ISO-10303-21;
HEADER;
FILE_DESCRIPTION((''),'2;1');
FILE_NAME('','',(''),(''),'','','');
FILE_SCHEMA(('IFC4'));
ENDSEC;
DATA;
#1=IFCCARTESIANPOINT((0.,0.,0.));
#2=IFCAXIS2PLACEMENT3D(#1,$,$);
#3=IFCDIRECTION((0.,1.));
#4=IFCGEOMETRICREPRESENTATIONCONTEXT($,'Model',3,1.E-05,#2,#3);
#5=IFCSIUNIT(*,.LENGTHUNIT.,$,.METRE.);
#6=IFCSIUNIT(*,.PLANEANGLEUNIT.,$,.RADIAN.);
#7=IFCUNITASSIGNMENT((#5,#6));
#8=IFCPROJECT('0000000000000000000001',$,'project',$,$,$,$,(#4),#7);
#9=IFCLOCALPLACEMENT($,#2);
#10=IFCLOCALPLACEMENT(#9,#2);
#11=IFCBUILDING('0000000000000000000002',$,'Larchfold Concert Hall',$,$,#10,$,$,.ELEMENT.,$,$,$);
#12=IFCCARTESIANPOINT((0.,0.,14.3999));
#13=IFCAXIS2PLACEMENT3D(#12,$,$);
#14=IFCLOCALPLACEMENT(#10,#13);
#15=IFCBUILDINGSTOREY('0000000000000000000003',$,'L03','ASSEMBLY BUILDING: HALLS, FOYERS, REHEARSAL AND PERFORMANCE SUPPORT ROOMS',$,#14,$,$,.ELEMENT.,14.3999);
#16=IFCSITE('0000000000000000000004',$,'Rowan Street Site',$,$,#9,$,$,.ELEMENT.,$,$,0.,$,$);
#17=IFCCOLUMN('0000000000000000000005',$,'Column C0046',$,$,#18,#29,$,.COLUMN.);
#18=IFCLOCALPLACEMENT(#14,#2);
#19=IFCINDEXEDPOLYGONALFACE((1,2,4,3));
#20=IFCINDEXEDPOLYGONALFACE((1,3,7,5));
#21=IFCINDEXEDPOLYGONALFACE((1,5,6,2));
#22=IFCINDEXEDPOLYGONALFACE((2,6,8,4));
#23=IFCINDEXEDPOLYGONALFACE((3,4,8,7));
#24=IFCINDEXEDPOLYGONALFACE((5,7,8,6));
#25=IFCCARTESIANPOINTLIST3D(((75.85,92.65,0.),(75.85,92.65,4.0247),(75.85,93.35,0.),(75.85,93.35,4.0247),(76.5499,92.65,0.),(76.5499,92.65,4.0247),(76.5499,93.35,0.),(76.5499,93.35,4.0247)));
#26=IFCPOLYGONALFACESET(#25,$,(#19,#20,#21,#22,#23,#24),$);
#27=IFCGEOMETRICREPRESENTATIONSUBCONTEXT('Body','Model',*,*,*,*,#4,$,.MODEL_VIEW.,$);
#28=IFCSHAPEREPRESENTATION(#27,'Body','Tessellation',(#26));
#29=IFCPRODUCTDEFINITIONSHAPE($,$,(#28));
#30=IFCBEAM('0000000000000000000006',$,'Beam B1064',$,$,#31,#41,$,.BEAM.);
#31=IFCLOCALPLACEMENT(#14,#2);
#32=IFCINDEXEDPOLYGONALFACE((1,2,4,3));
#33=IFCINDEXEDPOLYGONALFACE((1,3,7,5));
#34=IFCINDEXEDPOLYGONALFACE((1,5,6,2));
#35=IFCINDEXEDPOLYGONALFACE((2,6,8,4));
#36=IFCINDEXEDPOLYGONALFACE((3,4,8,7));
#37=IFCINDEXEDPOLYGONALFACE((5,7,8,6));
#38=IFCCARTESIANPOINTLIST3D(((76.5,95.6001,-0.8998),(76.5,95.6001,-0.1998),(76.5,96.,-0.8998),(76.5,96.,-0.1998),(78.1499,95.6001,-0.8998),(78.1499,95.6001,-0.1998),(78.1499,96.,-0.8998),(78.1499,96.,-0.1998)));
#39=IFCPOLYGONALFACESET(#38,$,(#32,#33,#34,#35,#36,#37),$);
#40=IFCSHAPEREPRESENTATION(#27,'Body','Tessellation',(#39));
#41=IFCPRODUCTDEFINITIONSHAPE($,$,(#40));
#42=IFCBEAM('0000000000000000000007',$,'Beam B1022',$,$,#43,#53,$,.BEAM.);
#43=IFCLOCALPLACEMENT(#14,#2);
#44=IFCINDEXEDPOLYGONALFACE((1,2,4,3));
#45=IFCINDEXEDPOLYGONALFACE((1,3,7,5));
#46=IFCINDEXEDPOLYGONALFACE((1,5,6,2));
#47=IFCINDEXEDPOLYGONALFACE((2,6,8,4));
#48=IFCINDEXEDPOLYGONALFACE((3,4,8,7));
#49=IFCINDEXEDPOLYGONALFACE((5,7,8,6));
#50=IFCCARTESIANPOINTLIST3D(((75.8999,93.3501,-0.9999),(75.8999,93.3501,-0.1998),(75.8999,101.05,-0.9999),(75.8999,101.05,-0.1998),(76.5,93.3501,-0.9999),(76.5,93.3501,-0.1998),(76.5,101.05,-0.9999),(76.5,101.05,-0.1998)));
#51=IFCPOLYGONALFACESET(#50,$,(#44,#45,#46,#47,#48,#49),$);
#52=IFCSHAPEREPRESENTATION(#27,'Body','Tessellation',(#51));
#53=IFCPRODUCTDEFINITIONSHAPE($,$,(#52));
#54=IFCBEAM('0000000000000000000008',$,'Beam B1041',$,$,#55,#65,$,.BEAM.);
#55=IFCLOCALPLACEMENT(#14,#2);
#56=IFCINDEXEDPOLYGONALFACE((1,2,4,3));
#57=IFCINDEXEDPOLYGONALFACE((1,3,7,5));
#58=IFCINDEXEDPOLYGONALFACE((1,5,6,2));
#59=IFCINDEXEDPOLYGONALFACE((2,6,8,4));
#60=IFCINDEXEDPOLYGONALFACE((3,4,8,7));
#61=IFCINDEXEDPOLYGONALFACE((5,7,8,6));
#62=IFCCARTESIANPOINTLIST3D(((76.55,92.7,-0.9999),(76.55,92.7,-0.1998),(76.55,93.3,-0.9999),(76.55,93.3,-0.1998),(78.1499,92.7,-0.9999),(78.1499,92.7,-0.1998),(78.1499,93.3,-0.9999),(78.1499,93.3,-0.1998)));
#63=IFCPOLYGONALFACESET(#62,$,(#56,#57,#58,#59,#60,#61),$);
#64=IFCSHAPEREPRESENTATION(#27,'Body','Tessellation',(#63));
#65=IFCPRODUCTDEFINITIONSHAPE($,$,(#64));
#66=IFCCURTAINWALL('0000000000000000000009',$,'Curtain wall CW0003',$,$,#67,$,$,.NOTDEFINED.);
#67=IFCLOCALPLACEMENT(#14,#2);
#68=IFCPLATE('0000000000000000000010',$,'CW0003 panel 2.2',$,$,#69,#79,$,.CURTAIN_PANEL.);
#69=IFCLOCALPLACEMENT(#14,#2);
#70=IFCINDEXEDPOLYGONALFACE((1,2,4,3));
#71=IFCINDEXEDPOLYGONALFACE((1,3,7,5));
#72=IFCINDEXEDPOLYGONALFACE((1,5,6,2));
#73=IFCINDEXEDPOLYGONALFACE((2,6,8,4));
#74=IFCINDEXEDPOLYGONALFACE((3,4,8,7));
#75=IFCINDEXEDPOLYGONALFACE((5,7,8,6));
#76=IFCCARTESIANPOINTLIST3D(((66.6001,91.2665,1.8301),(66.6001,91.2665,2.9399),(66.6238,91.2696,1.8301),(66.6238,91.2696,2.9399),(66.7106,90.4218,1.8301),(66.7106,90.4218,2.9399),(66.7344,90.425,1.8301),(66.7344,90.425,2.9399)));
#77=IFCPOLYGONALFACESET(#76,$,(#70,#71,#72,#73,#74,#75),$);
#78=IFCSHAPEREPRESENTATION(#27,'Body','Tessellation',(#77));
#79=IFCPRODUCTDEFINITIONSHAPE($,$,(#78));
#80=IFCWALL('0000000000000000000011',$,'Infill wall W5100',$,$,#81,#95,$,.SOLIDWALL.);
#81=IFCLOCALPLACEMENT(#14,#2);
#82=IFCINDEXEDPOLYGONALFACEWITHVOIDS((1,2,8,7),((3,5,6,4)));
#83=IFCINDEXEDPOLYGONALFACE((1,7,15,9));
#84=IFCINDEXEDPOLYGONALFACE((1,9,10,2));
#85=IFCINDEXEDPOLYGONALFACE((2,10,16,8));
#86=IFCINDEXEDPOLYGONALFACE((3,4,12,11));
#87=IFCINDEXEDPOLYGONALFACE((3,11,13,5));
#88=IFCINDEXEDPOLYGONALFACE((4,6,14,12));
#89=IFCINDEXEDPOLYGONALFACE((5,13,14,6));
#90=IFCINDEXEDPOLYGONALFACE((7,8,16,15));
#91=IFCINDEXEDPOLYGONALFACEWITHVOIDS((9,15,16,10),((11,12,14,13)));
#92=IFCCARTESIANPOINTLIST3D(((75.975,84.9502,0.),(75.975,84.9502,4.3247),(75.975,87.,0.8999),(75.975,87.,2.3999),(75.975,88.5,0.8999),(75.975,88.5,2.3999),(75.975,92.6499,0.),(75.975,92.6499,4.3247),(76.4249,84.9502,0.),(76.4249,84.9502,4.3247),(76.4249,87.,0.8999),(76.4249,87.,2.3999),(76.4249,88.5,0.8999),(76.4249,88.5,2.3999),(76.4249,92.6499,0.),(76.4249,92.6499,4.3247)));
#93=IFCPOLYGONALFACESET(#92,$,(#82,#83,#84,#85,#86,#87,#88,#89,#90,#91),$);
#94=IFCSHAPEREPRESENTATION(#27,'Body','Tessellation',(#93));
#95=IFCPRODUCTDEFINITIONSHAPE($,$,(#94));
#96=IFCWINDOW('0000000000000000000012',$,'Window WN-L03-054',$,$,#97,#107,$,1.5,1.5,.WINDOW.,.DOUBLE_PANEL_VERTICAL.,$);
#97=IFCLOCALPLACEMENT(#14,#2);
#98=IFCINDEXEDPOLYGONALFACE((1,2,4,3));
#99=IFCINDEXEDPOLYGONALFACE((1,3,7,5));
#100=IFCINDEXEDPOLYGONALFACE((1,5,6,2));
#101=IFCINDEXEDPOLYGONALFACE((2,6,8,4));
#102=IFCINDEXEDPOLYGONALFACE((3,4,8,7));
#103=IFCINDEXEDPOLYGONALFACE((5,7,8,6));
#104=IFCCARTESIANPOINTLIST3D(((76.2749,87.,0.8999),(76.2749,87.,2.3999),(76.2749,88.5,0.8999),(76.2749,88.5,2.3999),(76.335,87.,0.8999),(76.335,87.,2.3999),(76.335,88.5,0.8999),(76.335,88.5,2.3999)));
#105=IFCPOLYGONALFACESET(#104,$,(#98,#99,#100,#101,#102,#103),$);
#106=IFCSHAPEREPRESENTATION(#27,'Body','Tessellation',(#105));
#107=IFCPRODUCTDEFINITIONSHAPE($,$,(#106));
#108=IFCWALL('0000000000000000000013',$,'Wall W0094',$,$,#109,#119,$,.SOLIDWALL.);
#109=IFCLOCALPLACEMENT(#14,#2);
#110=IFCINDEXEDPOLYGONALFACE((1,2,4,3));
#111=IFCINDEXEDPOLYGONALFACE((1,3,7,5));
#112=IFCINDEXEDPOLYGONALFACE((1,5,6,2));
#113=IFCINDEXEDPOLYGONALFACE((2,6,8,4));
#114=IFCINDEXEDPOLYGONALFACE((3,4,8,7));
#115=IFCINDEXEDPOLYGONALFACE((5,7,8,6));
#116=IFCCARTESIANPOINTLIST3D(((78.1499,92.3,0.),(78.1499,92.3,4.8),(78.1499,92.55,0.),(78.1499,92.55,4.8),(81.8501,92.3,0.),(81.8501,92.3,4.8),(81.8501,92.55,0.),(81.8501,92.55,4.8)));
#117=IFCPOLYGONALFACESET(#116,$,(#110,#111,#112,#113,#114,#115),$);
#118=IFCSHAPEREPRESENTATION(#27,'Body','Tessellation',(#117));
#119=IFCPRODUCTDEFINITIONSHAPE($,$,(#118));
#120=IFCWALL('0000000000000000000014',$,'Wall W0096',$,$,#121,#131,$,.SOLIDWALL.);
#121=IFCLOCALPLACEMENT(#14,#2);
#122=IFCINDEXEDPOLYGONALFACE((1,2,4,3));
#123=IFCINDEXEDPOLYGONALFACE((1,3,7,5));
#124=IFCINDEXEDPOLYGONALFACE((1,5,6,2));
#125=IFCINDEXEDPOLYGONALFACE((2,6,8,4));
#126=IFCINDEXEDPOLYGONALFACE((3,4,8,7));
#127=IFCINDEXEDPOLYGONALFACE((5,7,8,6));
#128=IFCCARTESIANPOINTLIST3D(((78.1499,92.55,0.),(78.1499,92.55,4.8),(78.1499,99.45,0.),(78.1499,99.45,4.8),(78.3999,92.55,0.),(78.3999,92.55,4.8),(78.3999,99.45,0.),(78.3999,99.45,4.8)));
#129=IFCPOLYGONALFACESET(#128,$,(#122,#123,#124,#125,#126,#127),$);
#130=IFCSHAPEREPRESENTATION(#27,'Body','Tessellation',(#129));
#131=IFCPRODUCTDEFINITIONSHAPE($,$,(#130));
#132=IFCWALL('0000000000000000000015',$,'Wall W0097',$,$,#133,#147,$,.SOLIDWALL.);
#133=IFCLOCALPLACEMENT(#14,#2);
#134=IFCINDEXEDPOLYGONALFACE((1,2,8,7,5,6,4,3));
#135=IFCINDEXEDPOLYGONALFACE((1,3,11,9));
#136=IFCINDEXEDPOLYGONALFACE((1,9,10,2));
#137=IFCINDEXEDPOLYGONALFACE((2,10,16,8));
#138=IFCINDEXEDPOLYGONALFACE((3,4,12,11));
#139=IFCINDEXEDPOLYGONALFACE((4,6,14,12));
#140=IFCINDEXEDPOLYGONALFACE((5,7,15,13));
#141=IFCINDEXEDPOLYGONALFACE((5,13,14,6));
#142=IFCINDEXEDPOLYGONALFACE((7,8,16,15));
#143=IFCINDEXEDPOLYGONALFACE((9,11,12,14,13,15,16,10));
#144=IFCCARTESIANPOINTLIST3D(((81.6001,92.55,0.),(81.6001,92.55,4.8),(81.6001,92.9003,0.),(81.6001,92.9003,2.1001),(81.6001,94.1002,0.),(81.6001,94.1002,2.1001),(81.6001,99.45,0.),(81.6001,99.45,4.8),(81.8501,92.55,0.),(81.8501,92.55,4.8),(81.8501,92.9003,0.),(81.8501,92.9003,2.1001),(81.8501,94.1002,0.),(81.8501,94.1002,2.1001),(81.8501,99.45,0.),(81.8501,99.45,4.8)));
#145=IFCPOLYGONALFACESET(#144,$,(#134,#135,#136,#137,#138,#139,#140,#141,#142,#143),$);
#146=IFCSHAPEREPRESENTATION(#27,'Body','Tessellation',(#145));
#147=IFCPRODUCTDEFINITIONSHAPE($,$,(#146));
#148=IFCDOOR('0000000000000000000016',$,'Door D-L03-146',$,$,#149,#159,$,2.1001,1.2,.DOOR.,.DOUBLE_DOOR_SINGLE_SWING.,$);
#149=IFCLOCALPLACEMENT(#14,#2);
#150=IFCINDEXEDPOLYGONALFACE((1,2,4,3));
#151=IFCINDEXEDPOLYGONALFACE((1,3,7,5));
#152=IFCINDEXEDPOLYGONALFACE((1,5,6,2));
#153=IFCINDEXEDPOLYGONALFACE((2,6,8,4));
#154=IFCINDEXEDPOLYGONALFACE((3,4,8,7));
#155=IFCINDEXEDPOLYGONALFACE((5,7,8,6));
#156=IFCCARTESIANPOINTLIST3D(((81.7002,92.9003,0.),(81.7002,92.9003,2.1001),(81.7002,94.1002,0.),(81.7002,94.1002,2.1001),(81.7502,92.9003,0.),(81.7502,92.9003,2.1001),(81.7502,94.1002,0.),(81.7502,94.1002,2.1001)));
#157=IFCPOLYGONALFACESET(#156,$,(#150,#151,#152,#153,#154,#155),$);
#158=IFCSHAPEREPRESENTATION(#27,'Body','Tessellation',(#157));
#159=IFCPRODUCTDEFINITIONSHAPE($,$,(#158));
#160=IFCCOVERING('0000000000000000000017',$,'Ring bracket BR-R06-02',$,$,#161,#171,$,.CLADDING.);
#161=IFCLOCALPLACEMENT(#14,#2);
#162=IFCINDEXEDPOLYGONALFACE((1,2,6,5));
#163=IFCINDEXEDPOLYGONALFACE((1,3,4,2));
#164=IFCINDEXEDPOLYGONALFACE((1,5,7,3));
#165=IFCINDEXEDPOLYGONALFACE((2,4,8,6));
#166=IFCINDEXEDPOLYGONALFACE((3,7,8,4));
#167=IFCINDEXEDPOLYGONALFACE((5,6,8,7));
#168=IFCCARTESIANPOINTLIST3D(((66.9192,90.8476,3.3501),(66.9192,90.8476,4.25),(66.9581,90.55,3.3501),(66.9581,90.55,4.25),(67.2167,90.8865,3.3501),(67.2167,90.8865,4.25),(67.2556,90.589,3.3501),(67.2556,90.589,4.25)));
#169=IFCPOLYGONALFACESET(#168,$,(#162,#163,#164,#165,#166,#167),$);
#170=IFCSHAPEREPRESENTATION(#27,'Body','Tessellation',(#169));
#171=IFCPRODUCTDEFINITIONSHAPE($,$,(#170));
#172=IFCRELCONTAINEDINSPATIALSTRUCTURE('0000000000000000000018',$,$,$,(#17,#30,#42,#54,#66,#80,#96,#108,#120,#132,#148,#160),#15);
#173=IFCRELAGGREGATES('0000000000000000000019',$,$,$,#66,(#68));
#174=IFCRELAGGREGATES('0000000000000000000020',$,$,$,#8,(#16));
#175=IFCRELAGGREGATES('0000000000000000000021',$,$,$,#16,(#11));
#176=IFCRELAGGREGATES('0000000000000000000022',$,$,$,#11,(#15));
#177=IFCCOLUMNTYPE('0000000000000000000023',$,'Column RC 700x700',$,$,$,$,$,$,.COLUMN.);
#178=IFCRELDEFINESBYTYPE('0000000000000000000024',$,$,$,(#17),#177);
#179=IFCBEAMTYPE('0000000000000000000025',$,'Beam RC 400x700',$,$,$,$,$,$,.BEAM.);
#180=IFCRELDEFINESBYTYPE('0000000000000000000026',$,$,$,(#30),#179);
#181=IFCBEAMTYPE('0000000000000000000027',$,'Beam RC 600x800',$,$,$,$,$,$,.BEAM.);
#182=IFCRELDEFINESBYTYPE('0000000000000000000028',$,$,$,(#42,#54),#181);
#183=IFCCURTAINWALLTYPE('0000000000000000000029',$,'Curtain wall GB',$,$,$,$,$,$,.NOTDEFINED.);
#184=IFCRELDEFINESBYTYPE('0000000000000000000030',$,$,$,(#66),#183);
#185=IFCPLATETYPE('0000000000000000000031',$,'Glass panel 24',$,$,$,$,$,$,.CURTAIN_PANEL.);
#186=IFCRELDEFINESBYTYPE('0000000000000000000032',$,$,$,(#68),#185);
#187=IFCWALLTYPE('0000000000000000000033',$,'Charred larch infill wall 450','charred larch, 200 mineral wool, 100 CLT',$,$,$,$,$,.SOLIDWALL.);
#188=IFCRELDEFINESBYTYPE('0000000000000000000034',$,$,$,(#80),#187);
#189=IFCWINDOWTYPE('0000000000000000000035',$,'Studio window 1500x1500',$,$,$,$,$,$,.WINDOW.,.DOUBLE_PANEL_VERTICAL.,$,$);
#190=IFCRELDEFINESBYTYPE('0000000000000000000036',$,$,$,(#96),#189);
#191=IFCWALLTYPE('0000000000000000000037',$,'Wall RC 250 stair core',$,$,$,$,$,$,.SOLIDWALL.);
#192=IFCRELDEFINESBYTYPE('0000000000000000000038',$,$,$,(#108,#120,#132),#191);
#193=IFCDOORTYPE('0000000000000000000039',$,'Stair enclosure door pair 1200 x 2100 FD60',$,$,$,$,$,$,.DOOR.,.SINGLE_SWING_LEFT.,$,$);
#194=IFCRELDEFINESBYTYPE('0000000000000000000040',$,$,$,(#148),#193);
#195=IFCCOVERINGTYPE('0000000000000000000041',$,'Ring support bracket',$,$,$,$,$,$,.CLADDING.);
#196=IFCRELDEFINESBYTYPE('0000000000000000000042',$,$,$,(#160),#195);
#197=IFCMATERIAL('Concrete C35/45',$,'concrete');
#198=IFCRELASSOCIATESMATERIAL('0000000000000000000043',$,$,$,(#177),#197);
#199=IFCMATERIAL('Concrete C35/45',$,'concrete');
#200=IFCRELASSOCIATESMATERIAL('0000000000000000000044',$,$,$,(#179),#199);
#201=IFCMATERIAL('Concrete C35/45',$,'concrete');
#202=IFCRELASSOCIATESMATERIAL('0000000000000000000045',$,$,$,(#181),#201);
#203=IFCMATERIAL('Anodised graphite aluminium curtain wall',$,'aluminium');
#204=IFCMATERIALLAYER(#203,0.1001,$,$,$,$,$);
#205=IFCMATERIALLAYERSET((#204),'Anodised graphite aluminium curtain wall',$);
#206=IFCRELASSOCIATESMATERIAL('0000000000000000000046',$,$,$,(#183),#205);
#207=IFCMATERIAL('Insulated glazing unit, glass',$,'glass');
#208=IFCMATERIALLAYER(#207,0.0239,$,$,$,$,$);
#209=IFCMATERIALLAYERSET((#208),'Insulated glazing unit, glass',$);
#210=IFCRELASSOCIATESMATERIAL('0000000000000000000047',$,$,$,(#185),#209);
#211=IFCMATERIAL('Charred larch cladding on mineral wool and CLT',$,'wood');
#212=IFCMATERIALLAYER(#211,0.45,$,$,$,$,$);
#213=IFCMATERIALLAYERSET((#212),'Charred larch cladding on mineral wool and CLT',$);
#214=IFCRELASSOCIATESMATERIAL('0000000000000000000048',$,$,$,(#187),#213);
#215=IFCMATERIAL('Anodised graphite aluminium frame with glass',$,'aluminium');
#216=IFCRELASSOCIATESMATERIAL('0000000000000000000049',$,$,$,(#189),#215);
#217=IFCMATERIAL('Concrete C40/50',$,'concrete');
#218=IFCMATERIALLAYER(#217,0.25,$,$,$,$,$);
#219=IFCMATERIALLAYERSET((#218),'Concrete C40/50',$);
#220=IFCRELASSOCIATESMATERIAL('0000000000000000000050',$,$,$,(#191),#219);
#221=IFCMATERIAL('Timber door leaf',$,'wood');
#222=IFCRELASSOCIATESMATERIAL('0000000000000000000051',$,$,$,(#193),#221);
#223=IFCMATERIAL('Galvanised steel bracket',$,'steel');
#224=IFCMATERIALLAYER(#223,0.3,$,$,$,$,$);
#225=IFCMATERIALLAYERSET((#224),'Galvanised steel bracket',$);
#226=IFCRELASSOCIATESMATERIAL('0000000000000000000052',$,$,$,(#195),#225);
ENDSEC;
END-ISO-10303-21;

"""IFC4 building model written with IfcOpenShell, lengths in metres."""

from ifc_helpers import new_model, si_unit, direction, frame, frame_2d, origin, origin_2d, place, context, subcontext, project, spatial, rectangle, extrude, material, layer, layer_set, material_profile, profile_set, type_object, element, fill, aggregate, save


model = new_model("IFC4")

# Units and contexts
model_context = context("Model", 3, precision=1e-05, world=origin(), true_north=direction((0.0, 1.0)))
body_context = subcontext(model_context, "Body", "Model", "MODEL_VIEW")
ifc_project = project(units=[si_unit("LENGTHUNIT", "METRE"), si_unit("PLANEANGLEUNIT", "RADIAN")], contexts=[model_context])

# Site, building, storey
site_placement = place(None, origin())
site = spatial("IfcSite", under=ifc_project, at=site_placement, Name="Rowan Street Site", CompositionType="ELEMENT", RefElevation=0.0)
building_placement = place(site_placement, origin())
building = spatial("IfcBuilding", under=site, at=building_placement, Name="Larchfold Concert Hall", CompositionType="ELEMENT")
storey_placement = place(building_placement, frame((0.0, 0.0, 14.3999)))
storey = spatial("IfcBuildingStorey", under=building, at=storey_placement, Name="L03", Description="ASSEMBLY BUILDING: HALLS, FOYERS, REHEARSAL AND PERFORMANCE SUPPORT ROOMS", CompositionType="ELEMENT", Elevation=14.3999)

# Column
ifc_material_1 = material(Name="Concrete C35/45", Category="concrete")
ifc_material_profile_1 = material_profile(ifc_material_1, rectangle(XDim=0.7, YDim=0.7, at=origin_2d()))
ifc_profile_set_1 = profile_set([ifc_material_profile_1], Name="Concrete C35/45")
column_type = type_object("IfcColumnType", Name="Column RC 700x700", PredefinedType="COLUMN", material=ifc_profile_set_1)
column_placement = place(storey_placement, frame((76.2, 93.0, 0.0), z_axis=(0.0, 0.0, 1.0), x_axis=(1.0, 0.0, 0.0)))
element("IfcColumn", 1, at=column_placement, inside=storey, type_object=column_type, Name="Column C0046", PredefinedType="COLUMN", context=body_context, shape_type="SweptSolid", body=[
    extrude(rectangle(XDim=0.7, YDim=0.7, at=origin_2d()), origin(), (0.0, 0.0, 1.0), 4.0247),
])

# Beams
ifc_material_2 = material(Name="Concrete C35/45", Category="concrete")
ifc_material_profile_2 = material_profile(ifc_material_2, rectangle(XDim=0.3999, YDim=0.7, at=origin_2d()))
ifc_profile_set_2 = profile_set([ifc_material_profile_2], Name="Concrete C35/45")
beam_type_1 = type_object("IfcBeamType", Name="Beam RC 400x700", PredefinedType="BEAM", material=ifc_profile_set_2)
beam_1_placement = place(storey_placement, frame((76.5, 95.8, -0.5498), z_axis=(1.0, 0.0, 0.0), x_axis=(0.0, 1.0, 0.0)))
element("IfcBeam", 2, at=beam_1_placement, inside=storey, type_object=beam_type_1, Name="Beam B1064", PredefinedType="BEAM", context=body_context, shape_type="SweptSolid", body=[
    extrude(rectangle(XDim=0.3999, YDim=0.7, at=origin_2d()), origin(), (0.0, 0.0, 1.0), 1.6499),
])
ifc_material_3 = material(Name="Concrete C35/45", Category="concrete")
ifc_material_profile_3 = material_profile(ifc_material_3, rectangle(XDim=0.6001, YDim=0.8, at=origin_2d()))
ifc_profile_set_3 = profile_set([ifc_material_profile_3], Name="Concrete C35/45")
beam_type_2 = type_object("IfcBeamType", Name="Beam RC 600x800", PredefinedType="BEAM", material=ifc_profile_set_3)
beam_2_placement = place(storey_placement, frame((76.2, 93.3501, -0.5999), z_axis=(0.0, 1.0, 0.0), x_axis=(-1.0, 0.0, 0.0)))
element("IfcBeam", 3, at=beam_2_placement, inside=storey, type_object=beam_type_2, Name="Beam B1022", PredefinedType="BEAM", context=body_context, shape_type="SweptSolid", body=[
    extrude(rectangle(XDim=0.6001, YDim=0.8, at=origin_2d()), origin(), (0.0, 0.0, 1.0), 7.7),
])
beam_3_placement = place(storey_placement, frame((76.55, 93.0, -0.5999), z_axis=(1.0, 0.0, 0.0), x_axis=(0.0, 1.0, 0.0)))
element("IfcBeam", 4, at=beam_3_placement, inside=storey, type_object=beam_type_2, Name="Beam B1041", PredefinedType="BEAM", context=body_context, shape_type="SweptSolid", body=[
    extrude(rectangle(XDim=0.6001, YDim=0.8, at=origin_2d()), origin(), (0.0, 0.0, 1.0), 1.5999),
])

# Curtain wall, plate
ifc_material_4 = material(Name="Anodised graphite aluminium curtain wall", Category="aluminium")
ifc_layer_1 = layer(ifc_material_4, 0.1001)
ifc_layer_set_1 = layer_set([ifc_layer_1], Name="Anodised graphite aluminium curtain wall")
curtain_wall_type = type_object("IfcCurtainWallType", Name="Curtain wall GB", PredefinedType="NOTDEFINED", material=ifc_layer_set_1)
curtain_wall_placement = place(storey_placement, origin())
curtain_wall = element("IfcCurtainWall", 5, at=curtain_wall_placement, inside=storey, type_object=curtain_wall_type, Name="Curtain wall CW0003", PredefinedType="NOTDEFINED")
ifc_material_5 = material(Name="Insulated glazing unit, glass", Category="glass")
ifc_layer_2 = layer(ifc_material_5, 0.0239)
ifc_layer_set_2 = layer_set([ifc_layer_2], Name="Insulated glazing unit, glass")
plate_type = type_object("IfcPlateType", Name="Glass panel 24", PredefinedType="CURTAIN_PANEL", material=ifc_layer_set_2)
plate_placement = place(storey_placement, frame((66.6672, 90.8457, 1.8301), z_axis=(0.0, 0.0, 1.0), x_axis=(-0.129744, 0.991548, 0.0)))
plate = element("IfcPlate", 6, at=plate_placement, type_object=plate_type, Name="CW0003 panel 2.2", PredefinedType="CURTAIN_PANEL", context=body_context, shape_type="SweptSolid", body=[
    extrude(rectangle(XDim=0.8518, YDim=0.0239, at=origin_2d()), origin(), (0.0, 0.0, 1.0), 1.1099),
])
aggregate(curtain_wall, [plate])

# Wall, opening, window
ifc_material_6 = material(Name="Charred larch cladding on mineral wool and CLT", Category="wood")
ifc_layer_3 = layer(ifc_material_6, 0.45)
ifc_layer_set_3 = layer_set([ifc_layer_3], Name="Charred larch cladding on mineral wool and CLT")
wall_type_1 = type_object("IfcWallType", Name="Charred larch infill wall 450", Description="charred larch, 200 mineral wool, 100 CLT", PredefinedType="SOLIDWALL", material=ifc_layer_set_3)
wall_1_placement = place(storey_placement, frame((76.2, 92.6499, 0.0), z_axis=(0.0, 0.0, 1.0), x_axis=(0.0, -1.0, 0.0)))
wall_1 = element("IfcWall", 7, at=wall_1_placement, inside=storey, type_object=wall_type_1, Name="Infill wall W5100", PredefinedType="SOLIDWALL", context=body_context, shape_type="SweptSolid", body=[
    extrude(rectangle(XDim=7.6997, YDim=0.45, at=frame_2d((3.8499, 0.0))), origin(), (0.0, 0.0, 1.0), 4.3247),
])
opening_1_placement = place(wall_1_placement, frame((4.1499, 0.0, 0.8999)))
opening_1 = element("IfcOpeningElement", 8, at=opening_1_placement, cuts=wall_1, PredefinedType="OPENING", context=body_context, shape_type="SweptSolid", body=[
    extrude(rectangle(XDim=1.5, YDim=1.5, at=frame_2d((0.75, 0.75))), frame((0.0, 0.2349, 0.0), z_axis=(0.0, -1.0, 0.0), x_axis=(1.0, 0.0, 0.0)), (0.0, 0.0, 1.0), 0.47),
])
ifc_material_7 = material(Name="Anodised graphite aluminium frame with glass", Category="aluminium")
window_type = type_object("IfcWindowType", Name="Studio window 1500x1500", PartitioningType="DOUBLE_PANEL_VERTICAL", PredefinedType="WINDOW", material=ifc_material_7)
window_placement = place(opening_1_placement, origin())
window = element("IfcWindow", 9, at=window_placement, inside=storey, type_object=window_type, Name="Window WN-L03-054", OverallHeight=1.5, OverallWidth=1.5, PartitioningType="DOUBLE_PANEL_VERTICAL", PredefinedType="WINDOW", context=body_context, shape_type="SweptSolid", body=[
    extrude(rectangle(XDim=1.5, YDim=1.5, at=frame_2d((0.75, 0.75))), frame((0.0, 0.135, 0.0), z_axis=(0.0, -1.0, 0.0), x_axis=(1.0, 0.0, 0.0)), (0.0, 0.0, 1.0), 0.0601),
])
fill(opening_1, window)

# Walls
ifc_material_8 = material(Name="Concrete C40/50", Category="concrete")
ifc_layer_4 = layer(ifc_material_8, 0.25)
ifc_layer_set_4 = layer_set([ifc_layer_4], Name="Concrete C40/50")
wall_type_2 = type_object("IfcWallType", Name="Wall RC 250 stair core", PredefinedType="SOLIDWALL", material=ifc_layer_set_4)
wall_2_placement = place(storey_placement, frame((78.1499, 92.425, 0.0), z_axis=(0.0, 0.0, 1.0), x_axis=(1.0, 0.0, 0.0)))
element("IfcWall", 10, at=wall_2_placement, inside=storey, type_object=wall_type_2, Name="Wall W0094", PredefinedType="SOLIDWALL", context=body_context, shape_type="SweptSolid", body=[
    extrude(rectangle(XDim=3.7002, YDim=0.25, at=frame_2d((1.8501, 0.0))), origin(), (0.0, 0.0, 1.0), 4.8),
])
wall_3_placement = place(storey_placement, frame((78.2749, 92.55, 0.0), z_axis=(0.0, 0.0, 1.0), x_axis=(0.0, 1.0, 0.0)))
element("IfcWall", 11, at=wall_3_placement, inside=storey, type_object=wall_type_2, Name="Wall W0096", PredefinedType="SOLIDWALL", context=body_context, shape_type="SweptSolid", body=[
    extrude(rectangle(XDim=6.8999, YDim=0.25, at=frame_2d((3.45, 0.0))), origin(), (0.0, 0.0, 1.0), 4.8),
])

# Wall, opening, door
wall_4_placement = place(storey_placement, frame((81.7251, 92.55, 0.0), z_axis=(0.0, 0.0, 1.0), x_axis=(0.0, 1.0, 0.0)))
wall_4 = element("IfcWall", 12, at=wall_4_placement, inside=storey, type_object=wall_type_2, Name="Wall W0097", PredefinedType="SOLIDWALL", context=body_context, shape_type="SweptSolid", body=[
    extrude(rectangle(XDim=6.8999, YDim=0.25, at=frame_2d((3.45, 0.0))), origin(), (0.0, 0.0, 1.0), 4.8),
])
opening_2_placement = place(wall_4_placement, frame((0.3501, 0.0, 0.0)))
opening_2 = element("IfcOpeningElement", 13, at=opening_2_placement, cuts=wall_4, PredefinedType="OPENING", context=body_context, shape_type="SweptSolid", body=[
    extrude(rectangle(XDim=1.2, YDim=2.1001, at=frame_2d((0.6001, 1.05))), frame((0.0, 0.135, 0.0), z_axis=(0.0, -1.0, 0.0), x_axis=(1.0, 0.0, 0.0)), (0.0, 0.0, 1.0), 0.27),
])
ifc_material_9 = material(Name="Timber door leaf", Category="wood")
door_type = type_object("IfcDoorType", Name="Stair enclosure door pair 1200 x 2100 FD60", OperationType="SINGLE_SWING_LEFT", PredefinedType="DOOR", material=ifc_material_9)
door_placement = place(opening_2_placement, origin())
door = element("IfcDoor", 14, at=door_placement, inside=storey, type_object=door_type, Name="Door D-L03-146", OperationType="DOUBLE_DOOR_SINGLE_SWING", OverallHeight=2.1001, OverallWidth=1.2, PredefinedType="DOOR", context=body_context, shape_type="SweptSolid", body=[
    extrude(rectangle(XDim=1.2, YDim=2.1001, at=frame_2d((0.6001, 1.05))), frame((0.0, 0.0249, 0.0), z_axis=(0.0, -1.0, 0.0), x_axis=(1.0, 0.0, 0.0)), (0.0, 0.0, 1.0), 0.05),
])
fill(opening_2, door)

# Covering
ifc_material_10 = material(Name="Galvanised steel bracket", Category="steel")
ifc_layer_5 = layer(ifc_material_10, 0.3)
ifc_layer_set_5 = layer_set([ifc_layer_5], Name="Galvanised steel bracket")
covering_type = type_object("IfcCoveringType", Name="Ring support bracket", PredefinedType="CLADDING", material=ifc_layer_set_5)
covering_1_placement = place(storey_placement, frame((67.0874, 90.7183, 3.3501), z_axis=(0.0, 0.0, 1.0), x_axis=(0.991554, 0.129693, 0.0)))
element("IfcCovering", 15, at=covering_1_placement, inside=storey, type_object=covering_type, Name="Ring bracket BR-R06-02", PredefinedType="CLADDING", context=body_context, shape_type="SweptSolid", body=[
    extrude(rectangle(XDim=0.3, YDim=0.3, at=origin_2d()), origin(), (0.0, 0.0, 1.0), 0.8999),
])

save(model, "model.ifc")
